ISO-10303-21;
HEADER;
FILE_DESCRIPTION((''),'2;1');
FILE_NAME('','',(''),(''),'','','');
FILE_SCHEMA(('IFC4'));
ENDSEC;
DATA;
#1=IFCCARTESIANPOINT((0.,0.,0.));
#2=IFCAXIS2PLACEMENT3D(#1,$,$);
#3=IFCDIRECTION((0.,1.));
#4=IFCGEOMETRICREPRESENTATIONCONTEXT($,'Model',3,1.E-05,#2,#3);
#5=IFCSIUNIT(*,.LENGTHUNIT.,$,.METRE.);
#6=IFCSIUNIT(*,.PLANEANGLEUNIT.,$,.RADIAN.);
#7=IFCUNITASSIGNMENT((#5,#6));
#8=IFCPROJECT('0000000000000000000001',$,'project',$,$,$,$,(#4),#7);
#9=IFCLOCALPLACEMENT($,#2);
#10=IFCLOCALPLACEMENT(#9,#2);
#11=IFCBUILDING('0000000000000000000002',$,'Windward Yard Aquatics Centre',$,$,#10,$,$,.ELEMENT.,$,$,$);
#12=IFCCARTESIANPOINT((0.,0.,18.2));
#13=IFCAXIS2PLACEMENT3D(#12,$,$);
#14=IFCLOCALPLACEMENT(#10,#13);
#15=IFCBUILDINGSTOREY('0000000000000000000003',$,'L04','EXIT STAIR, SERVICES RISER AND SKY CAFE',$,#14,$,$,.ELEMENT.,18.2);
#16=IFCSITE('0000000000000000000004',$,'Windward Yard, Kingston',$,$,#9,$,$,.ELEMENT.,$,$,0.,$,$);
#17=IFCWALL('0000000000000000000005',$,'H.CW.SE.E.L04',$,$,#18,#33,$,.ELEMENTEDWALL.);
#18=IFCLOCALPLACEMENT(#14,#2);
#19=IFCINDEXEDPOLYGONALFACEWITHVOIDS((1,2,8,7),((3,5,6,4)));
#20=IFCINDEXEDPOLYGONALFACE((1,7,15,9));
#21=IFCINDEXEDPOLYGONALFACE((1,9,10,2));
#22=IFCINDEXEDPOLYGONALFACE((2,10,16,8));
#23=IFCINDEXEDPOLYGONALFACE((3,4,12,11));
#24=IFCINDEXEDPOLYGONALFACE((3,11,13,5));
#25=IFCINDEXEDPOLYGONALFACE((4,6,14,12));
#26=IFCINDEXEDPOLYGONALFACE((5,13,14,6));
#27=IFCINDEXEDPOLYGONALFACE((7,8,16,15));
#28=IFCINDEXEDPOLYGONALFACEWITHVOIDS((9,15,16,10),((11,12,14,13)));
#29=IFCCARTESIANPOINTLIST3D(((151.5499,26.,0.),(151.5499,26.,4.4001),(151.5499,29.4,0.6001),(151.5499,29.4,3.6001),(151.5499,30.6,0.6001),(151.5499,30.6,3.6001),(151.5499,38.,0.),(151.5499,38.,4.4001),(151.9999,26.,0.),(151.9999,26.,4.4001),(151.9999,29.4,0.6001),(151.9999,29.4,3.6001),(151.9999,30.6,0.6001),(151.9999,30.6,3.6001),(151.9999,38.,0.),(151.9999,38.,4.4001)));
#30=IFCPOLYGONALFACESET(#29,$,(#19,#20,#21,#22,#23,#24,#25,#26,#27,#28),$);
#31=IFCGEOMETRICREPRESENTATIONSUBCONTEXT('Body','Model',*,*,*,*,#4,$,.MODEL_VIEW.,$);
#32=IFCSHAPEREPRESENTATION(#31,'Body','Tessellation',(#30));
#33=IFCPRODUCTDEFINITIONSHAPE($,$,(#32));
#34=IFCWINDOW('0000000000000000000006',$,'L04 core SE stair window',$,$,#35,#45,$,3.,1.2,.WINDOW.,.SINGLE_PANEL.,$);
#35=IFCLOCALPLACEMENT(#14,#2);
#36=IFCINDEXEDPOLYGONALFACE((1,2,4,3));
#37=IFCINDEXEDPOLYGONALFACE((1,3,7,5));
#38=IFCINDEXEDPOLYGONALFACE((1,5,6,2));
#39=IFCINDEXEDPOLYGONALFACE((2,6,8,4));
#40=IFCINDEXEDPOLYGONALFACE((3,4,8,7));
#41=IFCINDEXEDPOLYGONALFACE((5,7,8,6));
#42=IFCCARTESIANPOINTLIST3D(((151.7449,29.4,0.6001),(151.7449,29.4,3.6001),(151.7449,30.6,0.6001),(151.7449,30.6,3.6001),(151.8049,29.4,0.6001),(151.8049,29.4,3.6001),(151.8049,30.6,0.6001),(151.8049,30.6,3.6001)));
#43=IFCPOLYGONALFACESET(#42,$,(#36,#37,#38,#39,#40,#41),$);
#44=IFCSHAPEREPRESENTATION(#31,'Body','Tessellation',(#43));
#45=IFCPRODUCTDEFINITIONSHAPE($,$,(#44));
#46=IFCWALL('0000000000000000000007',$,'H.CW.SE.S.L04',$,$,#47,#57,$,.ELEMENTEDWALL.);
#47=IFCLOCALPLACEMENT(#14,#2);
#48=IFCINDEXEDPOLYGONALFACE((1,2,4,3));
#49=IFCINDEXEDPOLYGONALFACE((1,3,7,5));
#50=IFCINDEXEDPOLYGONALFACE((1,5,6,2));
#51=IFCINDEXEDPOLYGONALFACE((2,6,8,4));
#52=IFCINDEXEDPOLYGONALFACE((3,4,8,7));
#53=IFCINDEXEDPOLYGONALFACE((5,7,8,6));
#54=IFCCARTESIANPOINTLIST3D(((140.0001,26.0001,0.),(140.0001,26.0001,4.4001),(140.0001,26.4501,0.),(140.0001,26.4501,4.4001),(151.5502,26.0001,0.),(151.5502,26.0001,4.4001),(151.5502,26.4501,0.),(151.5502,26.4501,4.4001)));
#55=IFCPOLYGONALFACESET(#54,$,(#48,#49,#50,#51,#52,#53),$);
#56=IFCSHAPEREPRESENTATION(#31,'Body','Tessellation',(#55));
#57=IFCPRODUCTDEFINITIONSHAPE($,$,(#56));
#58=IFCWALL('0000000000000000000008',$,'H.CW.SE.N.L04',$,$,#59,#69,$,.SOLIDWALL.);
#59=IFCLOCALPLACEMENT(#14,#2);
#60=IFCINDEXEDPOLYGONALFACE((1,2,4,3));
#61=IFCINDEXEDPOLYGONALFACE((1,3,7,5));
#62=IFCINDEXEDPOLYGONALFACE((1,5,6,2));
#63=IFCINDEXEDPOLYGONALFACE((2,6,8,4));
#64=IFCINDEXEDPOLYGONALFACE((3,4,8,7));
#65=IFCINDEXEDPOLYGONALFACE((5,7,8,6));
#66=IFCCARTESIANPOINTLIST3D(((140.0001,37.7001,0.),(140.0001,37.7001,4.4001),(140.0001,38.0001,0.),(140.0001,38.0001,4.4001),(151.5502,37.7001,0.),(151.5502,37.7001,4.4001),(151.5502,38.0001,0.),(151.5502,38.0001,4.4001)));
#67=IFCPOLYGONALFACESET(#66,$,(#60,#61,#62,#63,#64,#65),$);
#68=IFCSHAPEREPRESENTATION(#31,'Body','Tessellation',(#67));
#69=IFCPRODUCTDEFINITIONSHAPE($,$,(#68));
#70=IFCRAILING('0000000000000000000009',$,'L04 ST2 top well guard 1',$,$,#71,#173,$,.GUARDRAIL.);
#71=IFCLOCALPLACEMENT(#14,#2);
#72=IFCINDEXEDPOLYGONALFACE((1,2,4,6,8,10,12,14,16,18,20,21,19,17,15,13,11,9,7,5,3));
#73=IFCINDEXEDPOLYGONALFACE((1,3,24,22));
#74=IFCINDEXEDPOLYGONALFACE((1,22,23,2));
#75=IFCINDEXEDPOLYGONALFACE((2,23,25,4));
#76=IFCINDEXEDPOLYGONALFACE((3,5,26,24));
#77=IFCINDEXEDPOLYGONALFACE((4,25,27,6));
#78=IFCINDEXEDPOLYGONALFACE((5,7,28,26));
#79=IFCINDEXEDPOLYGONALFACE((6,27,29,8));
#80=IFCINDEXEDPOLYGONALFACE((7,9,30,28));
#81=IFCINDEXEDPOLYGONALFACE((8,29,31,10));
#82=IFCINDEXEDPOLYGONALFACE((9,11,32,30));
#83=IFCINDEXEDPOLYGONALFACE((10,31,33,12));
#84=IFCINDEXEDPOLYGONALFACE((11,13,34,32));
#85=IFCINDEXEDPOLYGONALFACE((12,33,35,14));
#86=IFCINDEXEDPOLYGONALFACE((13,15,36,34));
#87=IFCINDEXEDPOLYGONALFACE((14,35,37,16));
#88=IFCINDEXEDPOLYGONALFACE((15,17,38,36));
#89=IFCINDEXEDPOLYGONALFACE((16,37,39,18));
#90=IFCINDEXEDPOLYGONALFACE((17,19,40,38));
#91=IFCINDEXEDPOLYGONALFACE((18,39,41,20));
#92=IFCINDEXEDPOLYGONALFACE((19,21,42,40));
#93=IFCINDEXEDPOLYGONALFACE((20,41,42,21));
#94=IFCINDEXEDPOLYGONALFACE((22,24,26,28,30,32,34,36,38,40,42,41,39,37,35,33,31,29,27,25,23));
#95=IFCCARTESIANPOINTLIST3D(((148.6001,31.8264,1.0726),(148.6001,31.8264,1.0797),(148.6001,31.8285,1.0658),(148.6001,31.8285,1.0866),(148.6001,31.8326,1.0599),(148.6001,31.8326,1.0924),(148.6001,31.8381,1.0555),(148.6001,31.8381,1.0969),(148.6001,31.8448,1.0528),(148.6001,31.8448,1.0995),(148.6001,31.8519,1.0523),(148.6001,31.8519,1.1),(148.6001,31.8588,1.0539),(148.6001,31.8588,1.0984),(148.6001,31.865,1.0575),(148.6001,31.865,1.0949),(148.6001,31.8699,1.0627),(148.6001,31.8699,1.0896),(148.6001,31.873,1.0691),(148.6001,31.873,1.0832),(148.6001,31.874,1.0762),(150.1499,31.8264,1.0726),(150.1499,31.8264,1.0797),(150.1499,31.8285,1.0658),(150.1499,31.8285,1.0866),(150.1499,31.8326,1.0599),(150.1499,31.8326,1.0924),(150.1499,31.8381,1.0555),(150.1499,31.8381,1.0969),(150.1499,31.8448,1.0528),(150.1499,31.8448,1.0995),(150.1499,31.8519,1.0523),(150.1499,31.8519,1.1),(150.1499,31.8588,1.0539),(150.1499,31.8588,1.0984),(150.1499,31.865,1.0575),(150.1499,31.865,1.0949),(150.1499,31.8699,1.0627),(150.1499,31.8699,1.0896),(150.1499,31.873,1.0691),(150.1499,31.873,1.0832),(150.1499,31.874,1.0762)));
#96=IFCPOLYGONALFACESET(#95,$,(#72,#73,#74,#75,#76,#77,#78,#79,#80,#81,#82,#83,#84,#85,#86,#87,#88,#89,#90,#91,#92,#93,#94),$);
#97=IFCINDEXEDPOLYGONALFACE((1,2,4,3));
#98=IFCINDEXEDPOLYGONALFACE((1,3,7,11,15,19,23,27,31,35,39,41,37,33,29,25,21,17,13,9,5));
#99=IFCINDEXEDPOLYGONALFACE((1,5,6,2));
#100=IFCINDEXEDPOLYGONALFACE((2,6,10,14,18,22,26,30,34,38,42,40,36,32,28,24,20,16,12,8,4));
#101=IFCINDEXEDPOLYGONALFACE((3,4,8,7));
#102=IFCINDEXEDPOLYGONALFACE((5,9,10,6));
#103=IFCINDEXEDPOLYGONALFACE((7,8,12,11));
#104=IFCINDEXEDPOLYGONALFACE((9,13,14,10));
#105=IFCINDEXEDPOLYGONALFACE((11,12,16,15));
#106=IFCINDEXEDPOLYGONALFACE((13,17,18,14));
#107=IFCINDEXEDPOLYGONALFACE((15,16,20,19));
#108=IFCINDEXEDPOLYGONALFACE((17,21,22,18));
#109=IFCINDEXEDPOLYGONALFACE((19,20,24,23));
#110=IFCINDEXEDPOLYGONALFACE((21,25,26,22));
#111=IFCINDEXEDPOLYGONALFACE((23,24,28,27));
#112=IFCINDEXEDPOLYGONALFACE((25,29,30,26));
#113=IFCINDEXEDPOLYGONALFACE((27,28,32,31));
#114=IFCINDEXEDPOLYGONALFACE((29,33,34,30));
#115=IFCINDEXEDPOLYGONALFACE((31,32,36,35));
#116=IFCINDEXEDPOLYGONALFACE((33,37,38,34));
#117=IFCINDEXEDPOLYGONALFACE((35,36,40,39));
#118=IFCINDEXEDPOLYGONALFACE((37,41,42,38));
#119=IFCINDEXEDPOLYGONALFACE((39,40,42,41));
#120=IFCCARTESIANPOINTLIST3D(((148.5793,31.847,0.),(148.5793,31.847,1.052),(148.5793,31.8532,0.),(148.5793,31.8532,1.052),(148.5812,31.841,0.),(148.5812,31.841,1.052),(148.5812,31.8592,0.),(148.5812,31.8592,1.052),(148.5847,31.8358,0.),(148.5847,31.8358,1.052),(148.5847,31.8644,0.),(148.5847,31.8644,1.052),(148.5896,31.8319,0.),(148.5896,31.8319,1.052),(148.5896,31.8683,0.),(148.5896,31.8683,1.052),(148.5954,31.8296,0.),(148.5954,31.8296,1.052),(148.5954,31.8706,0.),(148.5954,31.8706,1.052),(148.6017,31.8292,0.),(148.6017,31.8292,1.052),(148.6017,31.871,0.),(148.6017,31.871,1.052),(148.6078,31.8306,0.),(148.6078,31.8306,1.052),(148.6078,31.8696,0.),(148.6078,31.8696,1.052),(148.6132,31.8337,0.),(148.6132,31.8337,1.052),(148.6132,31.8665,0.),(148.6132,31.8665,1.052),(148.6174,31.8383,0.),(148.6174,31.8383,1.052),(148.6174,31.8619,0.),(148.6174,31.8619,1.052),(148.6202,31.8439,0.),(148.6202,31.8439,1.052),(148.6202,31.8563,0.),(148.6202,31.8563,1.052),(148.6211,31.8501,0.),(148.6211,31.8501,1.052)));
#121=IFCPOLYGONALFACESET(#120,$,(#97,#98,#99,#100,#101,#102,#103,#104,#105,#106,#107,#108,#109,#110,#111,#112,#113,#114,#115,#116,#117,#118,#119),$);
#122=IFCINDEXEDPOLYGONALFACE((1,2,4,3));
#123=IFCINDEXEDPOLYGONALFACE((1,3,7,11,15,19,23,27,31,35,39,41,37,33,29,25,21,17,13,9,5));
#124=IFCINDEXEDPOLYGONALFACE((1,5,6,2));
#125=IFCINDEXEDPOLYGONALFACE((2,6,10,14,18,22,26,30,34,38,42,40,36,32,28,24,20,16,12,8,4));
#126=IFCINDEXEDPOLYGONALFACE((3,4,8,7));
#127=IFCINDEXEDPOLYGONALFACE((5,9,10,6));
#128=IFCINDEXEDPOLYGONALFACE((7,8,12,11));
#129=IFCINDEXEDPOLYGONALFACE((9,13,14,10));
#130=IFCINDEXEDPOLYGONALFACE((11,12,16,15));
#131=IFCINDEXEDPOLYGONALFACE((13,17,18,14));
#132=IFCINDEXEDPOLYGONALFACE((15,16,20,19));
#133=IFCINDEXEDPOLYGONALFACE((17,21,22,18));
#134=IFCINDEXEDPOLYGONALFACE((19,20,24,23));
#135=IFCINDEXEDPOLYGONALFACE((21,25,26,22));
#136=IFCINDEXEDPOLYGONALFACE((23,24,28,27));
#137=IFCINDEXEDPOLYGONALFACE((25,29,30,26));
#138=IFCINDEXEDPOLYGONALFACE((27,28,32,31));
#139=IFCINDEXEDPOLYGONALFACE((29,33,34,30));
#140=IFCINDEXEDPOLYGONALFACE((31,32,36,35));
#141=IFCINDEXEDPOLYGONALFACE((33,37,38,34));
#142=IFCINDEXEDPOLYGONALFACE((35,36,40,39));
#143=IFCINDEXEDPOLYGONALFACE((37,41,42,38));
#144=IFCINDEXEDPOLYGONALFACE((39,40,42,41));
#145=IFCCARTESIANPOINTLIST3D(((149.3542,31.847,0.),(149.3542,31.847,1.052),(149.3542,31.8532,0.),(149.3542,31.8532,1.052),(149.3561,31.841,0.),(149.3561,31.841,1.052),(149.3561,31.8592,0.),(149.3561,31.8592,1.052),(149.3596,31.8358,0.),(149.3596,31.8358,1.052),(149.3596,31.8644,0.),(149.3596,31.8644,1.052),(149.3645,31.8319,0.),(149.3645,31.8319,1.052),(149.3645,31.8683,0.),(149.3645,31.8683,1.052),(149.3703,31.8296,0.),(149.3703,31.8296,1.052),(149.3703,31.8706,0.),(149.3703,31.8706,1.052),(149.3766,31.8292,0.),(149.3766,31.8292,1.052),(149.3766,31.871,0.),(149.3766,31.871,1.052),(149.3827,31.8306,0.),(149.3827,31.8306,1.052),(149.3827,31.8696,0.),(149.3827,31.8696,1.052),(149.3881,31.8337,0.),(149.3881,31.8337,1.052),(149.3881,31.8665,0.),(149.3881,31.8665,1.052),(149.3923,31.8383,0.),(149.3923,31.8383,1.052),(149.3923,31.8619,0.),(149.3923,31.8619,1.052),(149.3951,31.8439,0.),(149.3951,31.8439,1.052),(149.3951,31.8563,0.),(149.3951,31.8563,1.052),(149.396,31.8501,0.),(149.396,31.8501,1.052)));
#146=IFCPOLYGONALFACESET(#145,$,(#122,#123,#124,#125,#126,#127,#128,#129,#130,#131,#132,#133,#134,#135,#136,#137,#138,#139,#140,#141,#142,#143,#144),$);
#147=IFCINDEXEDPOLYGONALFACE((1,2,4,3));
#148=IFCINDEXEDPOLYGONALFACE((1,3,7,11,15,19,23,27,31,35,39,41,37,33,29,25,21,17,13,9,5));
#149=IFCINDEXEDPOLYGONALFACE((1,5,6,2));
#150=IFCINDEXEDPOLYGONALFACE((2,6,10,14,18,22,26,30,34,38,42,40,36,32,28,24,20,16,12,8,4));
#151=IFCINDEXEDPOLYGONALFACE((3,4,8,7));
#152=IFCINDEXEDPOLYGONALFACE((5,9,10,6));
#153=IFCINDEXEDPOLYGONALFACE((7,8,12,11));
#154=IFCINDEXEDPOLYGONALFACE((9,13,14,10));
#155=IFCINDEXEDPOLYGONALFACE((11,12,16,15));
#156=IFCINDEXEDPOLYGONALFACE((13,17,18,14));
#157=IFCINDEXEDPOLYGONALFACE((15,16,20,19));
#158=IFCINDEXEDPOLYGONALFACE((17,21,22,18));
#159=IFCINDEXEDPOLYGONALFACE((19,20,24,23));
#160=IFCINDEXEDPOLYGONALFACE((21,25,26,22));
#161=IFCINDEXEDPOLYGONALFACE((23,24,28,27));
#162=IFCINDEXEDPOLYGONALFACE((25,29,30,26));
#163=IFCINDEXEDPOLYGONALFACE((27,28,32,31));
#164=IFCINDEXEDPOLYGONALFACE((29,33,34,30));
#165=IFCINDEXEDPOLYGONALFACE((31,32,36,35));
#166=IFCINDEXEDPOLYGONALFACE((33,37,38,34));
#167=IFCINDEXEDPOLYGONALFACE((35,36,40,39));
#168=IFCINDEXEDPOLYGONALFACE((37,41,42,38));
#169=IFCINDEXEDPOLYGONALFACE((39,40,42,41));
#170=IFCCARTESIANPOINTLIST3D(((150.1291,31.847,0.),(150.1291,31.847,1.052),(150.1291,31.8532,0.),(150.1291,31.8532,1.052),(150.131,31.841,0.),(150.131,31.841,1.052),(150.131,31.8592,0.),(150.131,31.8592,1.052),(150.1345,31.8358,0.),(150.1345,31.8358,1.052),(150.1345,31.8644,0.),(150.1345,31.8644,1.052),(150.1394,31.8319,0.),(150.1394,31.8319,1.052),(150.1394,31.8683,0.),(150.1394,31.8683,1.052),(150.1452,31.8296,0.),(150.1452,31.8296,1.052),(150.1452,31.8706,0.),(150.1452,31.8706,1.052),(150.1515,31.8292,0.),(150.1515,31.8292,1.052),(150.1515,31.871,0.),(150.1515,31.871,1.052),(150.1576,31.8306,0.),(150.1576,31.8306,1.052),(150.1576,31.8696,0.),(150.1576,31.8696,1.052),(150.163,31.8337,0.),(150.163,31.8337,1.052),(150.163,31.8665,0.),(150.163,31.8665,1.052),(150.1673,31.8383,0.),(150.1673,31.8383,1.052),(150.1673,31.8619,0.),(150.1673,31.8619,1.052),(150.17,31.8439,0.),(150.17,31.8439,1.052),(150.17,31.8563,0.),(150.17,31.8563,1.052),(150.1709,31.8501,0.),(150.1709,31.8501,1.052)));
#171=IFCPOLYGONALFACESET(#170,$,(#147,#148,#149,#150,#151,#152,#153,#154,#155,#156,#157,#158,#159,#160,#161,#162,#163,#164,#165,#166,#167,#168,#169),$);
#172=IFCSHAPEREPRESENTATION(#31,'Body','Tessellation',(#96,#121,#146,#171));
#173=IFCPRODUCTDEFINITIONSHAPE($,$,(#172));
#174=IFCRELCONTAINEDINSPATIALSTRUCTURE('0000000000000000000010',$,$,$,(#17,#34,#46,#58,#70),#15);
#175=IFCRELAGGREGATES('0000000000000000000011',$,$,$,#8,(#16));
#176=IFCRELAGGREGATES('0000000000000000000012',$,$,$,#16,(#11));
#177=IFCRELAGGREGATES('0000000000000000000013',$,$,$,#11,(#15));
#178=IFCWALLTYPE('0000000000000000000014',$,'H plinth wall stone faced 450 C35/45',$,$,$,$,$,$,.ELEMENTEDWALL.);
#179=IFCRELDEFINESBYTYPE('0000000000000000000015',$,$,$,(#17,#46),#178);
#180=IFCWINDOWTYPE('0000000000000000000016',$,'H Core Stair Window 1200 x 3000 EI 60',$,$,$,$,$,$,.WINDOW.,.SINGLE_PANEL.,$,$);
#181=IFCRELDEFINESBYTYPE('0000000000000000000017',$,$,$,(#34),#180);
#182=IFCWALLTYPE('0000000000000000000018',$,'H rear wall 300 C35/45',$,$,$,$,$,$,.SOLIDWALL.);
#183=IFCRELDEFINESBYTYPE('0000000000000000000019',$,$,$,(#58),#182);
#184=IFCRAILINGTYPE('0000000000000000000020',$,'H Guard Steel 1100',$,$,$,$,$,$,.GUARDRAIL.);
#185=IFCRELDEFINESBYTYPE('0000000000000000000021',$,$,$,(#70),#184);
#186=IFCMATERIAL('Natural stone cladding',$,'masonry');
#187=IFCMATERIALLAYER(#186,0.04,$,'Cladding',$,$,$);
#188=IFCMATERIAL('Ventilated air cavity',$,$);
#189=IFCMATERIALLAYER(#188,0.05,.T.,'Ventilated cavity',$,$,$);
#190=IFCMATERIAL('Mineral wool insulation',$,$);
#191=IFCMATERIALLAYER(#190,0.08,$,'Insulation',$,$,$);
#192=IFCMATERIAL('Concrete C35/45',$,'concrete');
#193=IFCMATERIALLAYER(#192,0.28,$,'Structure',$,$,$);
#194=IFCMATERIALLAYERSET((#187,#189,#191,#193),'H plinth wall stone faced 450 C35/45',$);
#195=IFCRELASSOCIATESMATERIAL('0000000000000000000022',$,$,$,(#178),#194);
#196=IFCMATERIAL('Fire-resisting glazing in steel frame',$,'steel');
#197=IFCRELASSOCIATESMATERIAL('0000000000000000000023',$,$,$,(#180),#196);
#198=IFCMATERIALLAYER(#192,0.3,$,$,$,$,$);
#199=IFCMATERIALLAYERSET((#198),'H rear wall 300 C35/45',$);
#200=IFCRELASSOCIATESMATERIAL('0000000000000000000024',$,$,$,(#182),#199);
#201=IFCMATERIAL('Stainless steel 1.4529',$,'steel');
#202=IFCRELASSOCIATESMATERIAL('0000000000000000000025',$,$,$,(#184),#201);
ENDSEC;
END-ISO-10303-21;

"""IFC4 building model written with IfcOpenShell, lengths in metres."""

from ifc_helpers import new_model, si_unit, direction, frame, frame_2d, origin, origin_2d, place, context, subcontext, project, spatial, rectangle, circle, extrude, material, layer, layer_set, type_object, element, fill, save


model = new_model("IFC4")

# Units and contexts
model_context = context("Model", 3, precision=1e-05, world=origin(), true_north=direction((0.0, 1.0)))
body_context = subcontext(model_context, "Body", "Model", "MODEL_VIEW")
ifc_project = project(units=[si_unit("LENGTHUNIT", "METRE"), si_unit("PLANEANGLEUNIT", "RADIAN")], contexts=[model_context])

# Site, building, storey
site_placement = place(None, origin())
site = spatial("IfcSite", under=ifc_project, at=site_placement, Name="Windward Yard, Kingston", CompositionType="ELEMENT", RefElevation=0.0)
building_placement = place(site_placement, origin())
building = spatial("IfcBuilding", under=site, at=building_placement, Name="Windward Yard Aquatics Centre", CompositionType="ELEMENT")
storey_placement = place(building_placement, frame((0.0, 0.0, 18.2)))
storey = spatial("IfcBuildingStorey", under=building, at=storey_placement, Name="L04", Description="EXIT STAIR, SERVICES RISER AND SKY CAFE", CompositionType="ELEMENT", Elevation=18.2)

# Shared definitions
ifc_material_1 = material(Name="Concrete C35/45", Category="concrete")

# Wall, opening, window
ifc_material_2 = material(Name="Natural stone cladding", Category="masonry")
ifc_layer_1 = layer(ifc_material_2, 0.04, Name="Cladding")
ifc_material_3 = material(Name="Ventilated air cavity")
ifc_layer_2 = layer(ifc_material_3, 0.05, ventilated=True, Name="Ventilated cavity")
ifc_material_4 = material(Name="Mineral wool insulation")
ifc_layer_3 = layer(ifc_material_4, 0.08, Name="Insulation")
ifc_layer_4 = layer(ifc_material_1, 0.28, Name="Structure")
ifc_layer_set_1 = layer_set([ifc_layer_1, ifc_layer_2, ifc_layer_3, ifc_layer_4], Name="H plinth wall stone faced 450 C35/45")
wall_type_1 = type_object("IfcWallType", Name="H plinth wall stone faced 450 C35/45", PredefinedType="ELEMENTEDWALL", material=ifc_layer_set_1)
wall_1_placement = place(storey_placement, frame((151.7749, 26.0, 0.0), z_axis=(0.0, 0.0, 1.0), x_axis=(0.0, 1.0, 0.0)))
wall_1 = element("IfcWall", 1, at=wall_1_placement, inside=storey, type_object=wall_type_1, Name="H.CW.SE.E.L04", PredefinedType="ELEMENTEDWALL", context=body_context, shape_type="SweptSolid", body=[
    extrude(rectangle(XDim=12.0, YDim=0.45, at=frame_2d((6.0, 0.0))), origin(), (0.0, 0.0, 1.0), 4.4001),
])
opening_1_placement = place(wall_1_placement, frame((3.3999, 0.0, 0.6001)))
opening_1 = element("IfcOpeningElement", 2, at=opening_1_placement, cuts=wall_1, PredefinedType="OPENING", context=body_context, shape_type="SweptSolid", body=[
    extrude(rectangle(XDim=1.2, YDim=3.0, at=frame_2d((0.6001, 1.5))), frame((0.0, 0.2349, 0.0), z_axis=(0.0, -1.0, 0.0), x_axis=(1.0, 0.0, 0.0)), (0.0, 0.0, 1.0), 0.47),
])
ifc_material_5 = material(Name="Fire-resisting glazing in steel frame", Category="steel")
window_type = type_object("IfcWindowType", Name="H Core Stair Window 1200 x 3000 EI 60", PartitioningType="SINGLE_PANEL", PredefinedType="WINDOW", material=ifc_material_5)
window_placement = place(opening_1_placement, origin())
window = element("IfcWindow", 3, at=window_placement, inside=storey, type_object=window_type, Name="L04 core SE stair window", OverallHeight=3.0, OverallWidth=1.2, PartitioningType="SINGLE_PANEL", PredefinedType="WINDOW", context=body_context, shape_type="SweptSolid", body=[
    extrude(rectangle(XDim=1.2, YDim=3.0, at=frame_2d((0.6001, 1.5))), frame((0.0, 0.03, 0.0), z_axis=(0.0, -1.0, 0.0), x_axis=(1.0, 0.0, 0.0)), (0.0, 0.0, 1.0), 0.0601),
])
fill(opening_1, window)

# Walls
wall_2_placement = place(storey_placement, frame((151.55, 26.2251, 0.0), z_axis=(0.0, 0.0, 1.0), x_axis=(-1.0, 0.0, 0.0)))
element("IfcWall", 4, at=wall_2_placement, inside=storey, type_object=wall_type_1, Name="H.CW.SE.S.L04", PredefinedType="ELEMENTEDWALL", context=body_context, shape_type="SweptSolid", body=[
    extrude(rectangle(XDim=11.55, YDim=0.45, at=frame_2d((5.7749, 0.0))), origin(), (0.0, 0.0, 1.0), 4.4001),
])
ifc_layer_5 = layer(ifc_material_1, 0.3)
ifc_layer_set_2 = layer_set([ifc_layer_5], Name="H rear wall 300 C35/45")
wall_type_2 = type_object("IfcWallType", Name="H rear wall 300 C35/45", PredefinedType="SOLIDWALL", material=ifc_layer_set_2)
wall_3_placement = place(storey_placement, frame((151.55, 37.8501, 0.0), z_axis=(0.0, 0.0, 1.0), x_axis=(-1.0, 0.0, 0.0)))
element("IfcWall", 5, at=wall_3_placement, inside=storey, type_object=wall_type_2, Name="H.CW.SE.N.L04", PredefinedType="SOLIDWALL", context=body_context, shape_type="SweptSolid", body=[
    extrude(rectangle(XDim=11.55, YDim=0.3, at=frame_2d((5.7749, 0.0))), origin(), (0.0, 0.0, 1.0), 4.4001),
])

# Railing
ifc_material_6 = material(Name="Stainless steel 1.4529", Category="steel")
railing_type = type_object("IfcRailingType", Name="H Guard Steel 1100", PredefinedType="GUARDRAIL", material=ifc_material_6)
railing_placement = place(storey_placement, frame((148.6001, 31.8501, 0.0)))
element("IfcRailing", 6, at=railing_placement, inside=storey, type_object=railing_type, Name="L04 ST2 top well guard 1", PredefinedType="GUARDRAIL", context=body_context, shape_type="SweptSolid", body=[
    extrude(circle(Radius=0.0239, at=origin_2d()), frame((0.0, 0.0, 1.0762), z_axis=(1.0, 0.0, 0.0), x_axis=(0.0, 1.0, 0.0)), (0.0, 0.0, 1.0), 1.5498),
    extrude(circle(Radius=0.021, at=origin_2d()), origin(), (0.0, 0.0, 1.0), 1.052),
    extrude(circle(Radius=0.021, at=origin_2d()), frame((0.7749, 0.0, 0.0)), (0.0, 0.0, 1.0), 1.052),
    extrude(circle(Radius=0.021, at=origin_2d()), frame((1.5498, 0.0, 0.0)), (0.0, 0.0, 1.0), 1.052),
])

save(model, "model.ifc")
